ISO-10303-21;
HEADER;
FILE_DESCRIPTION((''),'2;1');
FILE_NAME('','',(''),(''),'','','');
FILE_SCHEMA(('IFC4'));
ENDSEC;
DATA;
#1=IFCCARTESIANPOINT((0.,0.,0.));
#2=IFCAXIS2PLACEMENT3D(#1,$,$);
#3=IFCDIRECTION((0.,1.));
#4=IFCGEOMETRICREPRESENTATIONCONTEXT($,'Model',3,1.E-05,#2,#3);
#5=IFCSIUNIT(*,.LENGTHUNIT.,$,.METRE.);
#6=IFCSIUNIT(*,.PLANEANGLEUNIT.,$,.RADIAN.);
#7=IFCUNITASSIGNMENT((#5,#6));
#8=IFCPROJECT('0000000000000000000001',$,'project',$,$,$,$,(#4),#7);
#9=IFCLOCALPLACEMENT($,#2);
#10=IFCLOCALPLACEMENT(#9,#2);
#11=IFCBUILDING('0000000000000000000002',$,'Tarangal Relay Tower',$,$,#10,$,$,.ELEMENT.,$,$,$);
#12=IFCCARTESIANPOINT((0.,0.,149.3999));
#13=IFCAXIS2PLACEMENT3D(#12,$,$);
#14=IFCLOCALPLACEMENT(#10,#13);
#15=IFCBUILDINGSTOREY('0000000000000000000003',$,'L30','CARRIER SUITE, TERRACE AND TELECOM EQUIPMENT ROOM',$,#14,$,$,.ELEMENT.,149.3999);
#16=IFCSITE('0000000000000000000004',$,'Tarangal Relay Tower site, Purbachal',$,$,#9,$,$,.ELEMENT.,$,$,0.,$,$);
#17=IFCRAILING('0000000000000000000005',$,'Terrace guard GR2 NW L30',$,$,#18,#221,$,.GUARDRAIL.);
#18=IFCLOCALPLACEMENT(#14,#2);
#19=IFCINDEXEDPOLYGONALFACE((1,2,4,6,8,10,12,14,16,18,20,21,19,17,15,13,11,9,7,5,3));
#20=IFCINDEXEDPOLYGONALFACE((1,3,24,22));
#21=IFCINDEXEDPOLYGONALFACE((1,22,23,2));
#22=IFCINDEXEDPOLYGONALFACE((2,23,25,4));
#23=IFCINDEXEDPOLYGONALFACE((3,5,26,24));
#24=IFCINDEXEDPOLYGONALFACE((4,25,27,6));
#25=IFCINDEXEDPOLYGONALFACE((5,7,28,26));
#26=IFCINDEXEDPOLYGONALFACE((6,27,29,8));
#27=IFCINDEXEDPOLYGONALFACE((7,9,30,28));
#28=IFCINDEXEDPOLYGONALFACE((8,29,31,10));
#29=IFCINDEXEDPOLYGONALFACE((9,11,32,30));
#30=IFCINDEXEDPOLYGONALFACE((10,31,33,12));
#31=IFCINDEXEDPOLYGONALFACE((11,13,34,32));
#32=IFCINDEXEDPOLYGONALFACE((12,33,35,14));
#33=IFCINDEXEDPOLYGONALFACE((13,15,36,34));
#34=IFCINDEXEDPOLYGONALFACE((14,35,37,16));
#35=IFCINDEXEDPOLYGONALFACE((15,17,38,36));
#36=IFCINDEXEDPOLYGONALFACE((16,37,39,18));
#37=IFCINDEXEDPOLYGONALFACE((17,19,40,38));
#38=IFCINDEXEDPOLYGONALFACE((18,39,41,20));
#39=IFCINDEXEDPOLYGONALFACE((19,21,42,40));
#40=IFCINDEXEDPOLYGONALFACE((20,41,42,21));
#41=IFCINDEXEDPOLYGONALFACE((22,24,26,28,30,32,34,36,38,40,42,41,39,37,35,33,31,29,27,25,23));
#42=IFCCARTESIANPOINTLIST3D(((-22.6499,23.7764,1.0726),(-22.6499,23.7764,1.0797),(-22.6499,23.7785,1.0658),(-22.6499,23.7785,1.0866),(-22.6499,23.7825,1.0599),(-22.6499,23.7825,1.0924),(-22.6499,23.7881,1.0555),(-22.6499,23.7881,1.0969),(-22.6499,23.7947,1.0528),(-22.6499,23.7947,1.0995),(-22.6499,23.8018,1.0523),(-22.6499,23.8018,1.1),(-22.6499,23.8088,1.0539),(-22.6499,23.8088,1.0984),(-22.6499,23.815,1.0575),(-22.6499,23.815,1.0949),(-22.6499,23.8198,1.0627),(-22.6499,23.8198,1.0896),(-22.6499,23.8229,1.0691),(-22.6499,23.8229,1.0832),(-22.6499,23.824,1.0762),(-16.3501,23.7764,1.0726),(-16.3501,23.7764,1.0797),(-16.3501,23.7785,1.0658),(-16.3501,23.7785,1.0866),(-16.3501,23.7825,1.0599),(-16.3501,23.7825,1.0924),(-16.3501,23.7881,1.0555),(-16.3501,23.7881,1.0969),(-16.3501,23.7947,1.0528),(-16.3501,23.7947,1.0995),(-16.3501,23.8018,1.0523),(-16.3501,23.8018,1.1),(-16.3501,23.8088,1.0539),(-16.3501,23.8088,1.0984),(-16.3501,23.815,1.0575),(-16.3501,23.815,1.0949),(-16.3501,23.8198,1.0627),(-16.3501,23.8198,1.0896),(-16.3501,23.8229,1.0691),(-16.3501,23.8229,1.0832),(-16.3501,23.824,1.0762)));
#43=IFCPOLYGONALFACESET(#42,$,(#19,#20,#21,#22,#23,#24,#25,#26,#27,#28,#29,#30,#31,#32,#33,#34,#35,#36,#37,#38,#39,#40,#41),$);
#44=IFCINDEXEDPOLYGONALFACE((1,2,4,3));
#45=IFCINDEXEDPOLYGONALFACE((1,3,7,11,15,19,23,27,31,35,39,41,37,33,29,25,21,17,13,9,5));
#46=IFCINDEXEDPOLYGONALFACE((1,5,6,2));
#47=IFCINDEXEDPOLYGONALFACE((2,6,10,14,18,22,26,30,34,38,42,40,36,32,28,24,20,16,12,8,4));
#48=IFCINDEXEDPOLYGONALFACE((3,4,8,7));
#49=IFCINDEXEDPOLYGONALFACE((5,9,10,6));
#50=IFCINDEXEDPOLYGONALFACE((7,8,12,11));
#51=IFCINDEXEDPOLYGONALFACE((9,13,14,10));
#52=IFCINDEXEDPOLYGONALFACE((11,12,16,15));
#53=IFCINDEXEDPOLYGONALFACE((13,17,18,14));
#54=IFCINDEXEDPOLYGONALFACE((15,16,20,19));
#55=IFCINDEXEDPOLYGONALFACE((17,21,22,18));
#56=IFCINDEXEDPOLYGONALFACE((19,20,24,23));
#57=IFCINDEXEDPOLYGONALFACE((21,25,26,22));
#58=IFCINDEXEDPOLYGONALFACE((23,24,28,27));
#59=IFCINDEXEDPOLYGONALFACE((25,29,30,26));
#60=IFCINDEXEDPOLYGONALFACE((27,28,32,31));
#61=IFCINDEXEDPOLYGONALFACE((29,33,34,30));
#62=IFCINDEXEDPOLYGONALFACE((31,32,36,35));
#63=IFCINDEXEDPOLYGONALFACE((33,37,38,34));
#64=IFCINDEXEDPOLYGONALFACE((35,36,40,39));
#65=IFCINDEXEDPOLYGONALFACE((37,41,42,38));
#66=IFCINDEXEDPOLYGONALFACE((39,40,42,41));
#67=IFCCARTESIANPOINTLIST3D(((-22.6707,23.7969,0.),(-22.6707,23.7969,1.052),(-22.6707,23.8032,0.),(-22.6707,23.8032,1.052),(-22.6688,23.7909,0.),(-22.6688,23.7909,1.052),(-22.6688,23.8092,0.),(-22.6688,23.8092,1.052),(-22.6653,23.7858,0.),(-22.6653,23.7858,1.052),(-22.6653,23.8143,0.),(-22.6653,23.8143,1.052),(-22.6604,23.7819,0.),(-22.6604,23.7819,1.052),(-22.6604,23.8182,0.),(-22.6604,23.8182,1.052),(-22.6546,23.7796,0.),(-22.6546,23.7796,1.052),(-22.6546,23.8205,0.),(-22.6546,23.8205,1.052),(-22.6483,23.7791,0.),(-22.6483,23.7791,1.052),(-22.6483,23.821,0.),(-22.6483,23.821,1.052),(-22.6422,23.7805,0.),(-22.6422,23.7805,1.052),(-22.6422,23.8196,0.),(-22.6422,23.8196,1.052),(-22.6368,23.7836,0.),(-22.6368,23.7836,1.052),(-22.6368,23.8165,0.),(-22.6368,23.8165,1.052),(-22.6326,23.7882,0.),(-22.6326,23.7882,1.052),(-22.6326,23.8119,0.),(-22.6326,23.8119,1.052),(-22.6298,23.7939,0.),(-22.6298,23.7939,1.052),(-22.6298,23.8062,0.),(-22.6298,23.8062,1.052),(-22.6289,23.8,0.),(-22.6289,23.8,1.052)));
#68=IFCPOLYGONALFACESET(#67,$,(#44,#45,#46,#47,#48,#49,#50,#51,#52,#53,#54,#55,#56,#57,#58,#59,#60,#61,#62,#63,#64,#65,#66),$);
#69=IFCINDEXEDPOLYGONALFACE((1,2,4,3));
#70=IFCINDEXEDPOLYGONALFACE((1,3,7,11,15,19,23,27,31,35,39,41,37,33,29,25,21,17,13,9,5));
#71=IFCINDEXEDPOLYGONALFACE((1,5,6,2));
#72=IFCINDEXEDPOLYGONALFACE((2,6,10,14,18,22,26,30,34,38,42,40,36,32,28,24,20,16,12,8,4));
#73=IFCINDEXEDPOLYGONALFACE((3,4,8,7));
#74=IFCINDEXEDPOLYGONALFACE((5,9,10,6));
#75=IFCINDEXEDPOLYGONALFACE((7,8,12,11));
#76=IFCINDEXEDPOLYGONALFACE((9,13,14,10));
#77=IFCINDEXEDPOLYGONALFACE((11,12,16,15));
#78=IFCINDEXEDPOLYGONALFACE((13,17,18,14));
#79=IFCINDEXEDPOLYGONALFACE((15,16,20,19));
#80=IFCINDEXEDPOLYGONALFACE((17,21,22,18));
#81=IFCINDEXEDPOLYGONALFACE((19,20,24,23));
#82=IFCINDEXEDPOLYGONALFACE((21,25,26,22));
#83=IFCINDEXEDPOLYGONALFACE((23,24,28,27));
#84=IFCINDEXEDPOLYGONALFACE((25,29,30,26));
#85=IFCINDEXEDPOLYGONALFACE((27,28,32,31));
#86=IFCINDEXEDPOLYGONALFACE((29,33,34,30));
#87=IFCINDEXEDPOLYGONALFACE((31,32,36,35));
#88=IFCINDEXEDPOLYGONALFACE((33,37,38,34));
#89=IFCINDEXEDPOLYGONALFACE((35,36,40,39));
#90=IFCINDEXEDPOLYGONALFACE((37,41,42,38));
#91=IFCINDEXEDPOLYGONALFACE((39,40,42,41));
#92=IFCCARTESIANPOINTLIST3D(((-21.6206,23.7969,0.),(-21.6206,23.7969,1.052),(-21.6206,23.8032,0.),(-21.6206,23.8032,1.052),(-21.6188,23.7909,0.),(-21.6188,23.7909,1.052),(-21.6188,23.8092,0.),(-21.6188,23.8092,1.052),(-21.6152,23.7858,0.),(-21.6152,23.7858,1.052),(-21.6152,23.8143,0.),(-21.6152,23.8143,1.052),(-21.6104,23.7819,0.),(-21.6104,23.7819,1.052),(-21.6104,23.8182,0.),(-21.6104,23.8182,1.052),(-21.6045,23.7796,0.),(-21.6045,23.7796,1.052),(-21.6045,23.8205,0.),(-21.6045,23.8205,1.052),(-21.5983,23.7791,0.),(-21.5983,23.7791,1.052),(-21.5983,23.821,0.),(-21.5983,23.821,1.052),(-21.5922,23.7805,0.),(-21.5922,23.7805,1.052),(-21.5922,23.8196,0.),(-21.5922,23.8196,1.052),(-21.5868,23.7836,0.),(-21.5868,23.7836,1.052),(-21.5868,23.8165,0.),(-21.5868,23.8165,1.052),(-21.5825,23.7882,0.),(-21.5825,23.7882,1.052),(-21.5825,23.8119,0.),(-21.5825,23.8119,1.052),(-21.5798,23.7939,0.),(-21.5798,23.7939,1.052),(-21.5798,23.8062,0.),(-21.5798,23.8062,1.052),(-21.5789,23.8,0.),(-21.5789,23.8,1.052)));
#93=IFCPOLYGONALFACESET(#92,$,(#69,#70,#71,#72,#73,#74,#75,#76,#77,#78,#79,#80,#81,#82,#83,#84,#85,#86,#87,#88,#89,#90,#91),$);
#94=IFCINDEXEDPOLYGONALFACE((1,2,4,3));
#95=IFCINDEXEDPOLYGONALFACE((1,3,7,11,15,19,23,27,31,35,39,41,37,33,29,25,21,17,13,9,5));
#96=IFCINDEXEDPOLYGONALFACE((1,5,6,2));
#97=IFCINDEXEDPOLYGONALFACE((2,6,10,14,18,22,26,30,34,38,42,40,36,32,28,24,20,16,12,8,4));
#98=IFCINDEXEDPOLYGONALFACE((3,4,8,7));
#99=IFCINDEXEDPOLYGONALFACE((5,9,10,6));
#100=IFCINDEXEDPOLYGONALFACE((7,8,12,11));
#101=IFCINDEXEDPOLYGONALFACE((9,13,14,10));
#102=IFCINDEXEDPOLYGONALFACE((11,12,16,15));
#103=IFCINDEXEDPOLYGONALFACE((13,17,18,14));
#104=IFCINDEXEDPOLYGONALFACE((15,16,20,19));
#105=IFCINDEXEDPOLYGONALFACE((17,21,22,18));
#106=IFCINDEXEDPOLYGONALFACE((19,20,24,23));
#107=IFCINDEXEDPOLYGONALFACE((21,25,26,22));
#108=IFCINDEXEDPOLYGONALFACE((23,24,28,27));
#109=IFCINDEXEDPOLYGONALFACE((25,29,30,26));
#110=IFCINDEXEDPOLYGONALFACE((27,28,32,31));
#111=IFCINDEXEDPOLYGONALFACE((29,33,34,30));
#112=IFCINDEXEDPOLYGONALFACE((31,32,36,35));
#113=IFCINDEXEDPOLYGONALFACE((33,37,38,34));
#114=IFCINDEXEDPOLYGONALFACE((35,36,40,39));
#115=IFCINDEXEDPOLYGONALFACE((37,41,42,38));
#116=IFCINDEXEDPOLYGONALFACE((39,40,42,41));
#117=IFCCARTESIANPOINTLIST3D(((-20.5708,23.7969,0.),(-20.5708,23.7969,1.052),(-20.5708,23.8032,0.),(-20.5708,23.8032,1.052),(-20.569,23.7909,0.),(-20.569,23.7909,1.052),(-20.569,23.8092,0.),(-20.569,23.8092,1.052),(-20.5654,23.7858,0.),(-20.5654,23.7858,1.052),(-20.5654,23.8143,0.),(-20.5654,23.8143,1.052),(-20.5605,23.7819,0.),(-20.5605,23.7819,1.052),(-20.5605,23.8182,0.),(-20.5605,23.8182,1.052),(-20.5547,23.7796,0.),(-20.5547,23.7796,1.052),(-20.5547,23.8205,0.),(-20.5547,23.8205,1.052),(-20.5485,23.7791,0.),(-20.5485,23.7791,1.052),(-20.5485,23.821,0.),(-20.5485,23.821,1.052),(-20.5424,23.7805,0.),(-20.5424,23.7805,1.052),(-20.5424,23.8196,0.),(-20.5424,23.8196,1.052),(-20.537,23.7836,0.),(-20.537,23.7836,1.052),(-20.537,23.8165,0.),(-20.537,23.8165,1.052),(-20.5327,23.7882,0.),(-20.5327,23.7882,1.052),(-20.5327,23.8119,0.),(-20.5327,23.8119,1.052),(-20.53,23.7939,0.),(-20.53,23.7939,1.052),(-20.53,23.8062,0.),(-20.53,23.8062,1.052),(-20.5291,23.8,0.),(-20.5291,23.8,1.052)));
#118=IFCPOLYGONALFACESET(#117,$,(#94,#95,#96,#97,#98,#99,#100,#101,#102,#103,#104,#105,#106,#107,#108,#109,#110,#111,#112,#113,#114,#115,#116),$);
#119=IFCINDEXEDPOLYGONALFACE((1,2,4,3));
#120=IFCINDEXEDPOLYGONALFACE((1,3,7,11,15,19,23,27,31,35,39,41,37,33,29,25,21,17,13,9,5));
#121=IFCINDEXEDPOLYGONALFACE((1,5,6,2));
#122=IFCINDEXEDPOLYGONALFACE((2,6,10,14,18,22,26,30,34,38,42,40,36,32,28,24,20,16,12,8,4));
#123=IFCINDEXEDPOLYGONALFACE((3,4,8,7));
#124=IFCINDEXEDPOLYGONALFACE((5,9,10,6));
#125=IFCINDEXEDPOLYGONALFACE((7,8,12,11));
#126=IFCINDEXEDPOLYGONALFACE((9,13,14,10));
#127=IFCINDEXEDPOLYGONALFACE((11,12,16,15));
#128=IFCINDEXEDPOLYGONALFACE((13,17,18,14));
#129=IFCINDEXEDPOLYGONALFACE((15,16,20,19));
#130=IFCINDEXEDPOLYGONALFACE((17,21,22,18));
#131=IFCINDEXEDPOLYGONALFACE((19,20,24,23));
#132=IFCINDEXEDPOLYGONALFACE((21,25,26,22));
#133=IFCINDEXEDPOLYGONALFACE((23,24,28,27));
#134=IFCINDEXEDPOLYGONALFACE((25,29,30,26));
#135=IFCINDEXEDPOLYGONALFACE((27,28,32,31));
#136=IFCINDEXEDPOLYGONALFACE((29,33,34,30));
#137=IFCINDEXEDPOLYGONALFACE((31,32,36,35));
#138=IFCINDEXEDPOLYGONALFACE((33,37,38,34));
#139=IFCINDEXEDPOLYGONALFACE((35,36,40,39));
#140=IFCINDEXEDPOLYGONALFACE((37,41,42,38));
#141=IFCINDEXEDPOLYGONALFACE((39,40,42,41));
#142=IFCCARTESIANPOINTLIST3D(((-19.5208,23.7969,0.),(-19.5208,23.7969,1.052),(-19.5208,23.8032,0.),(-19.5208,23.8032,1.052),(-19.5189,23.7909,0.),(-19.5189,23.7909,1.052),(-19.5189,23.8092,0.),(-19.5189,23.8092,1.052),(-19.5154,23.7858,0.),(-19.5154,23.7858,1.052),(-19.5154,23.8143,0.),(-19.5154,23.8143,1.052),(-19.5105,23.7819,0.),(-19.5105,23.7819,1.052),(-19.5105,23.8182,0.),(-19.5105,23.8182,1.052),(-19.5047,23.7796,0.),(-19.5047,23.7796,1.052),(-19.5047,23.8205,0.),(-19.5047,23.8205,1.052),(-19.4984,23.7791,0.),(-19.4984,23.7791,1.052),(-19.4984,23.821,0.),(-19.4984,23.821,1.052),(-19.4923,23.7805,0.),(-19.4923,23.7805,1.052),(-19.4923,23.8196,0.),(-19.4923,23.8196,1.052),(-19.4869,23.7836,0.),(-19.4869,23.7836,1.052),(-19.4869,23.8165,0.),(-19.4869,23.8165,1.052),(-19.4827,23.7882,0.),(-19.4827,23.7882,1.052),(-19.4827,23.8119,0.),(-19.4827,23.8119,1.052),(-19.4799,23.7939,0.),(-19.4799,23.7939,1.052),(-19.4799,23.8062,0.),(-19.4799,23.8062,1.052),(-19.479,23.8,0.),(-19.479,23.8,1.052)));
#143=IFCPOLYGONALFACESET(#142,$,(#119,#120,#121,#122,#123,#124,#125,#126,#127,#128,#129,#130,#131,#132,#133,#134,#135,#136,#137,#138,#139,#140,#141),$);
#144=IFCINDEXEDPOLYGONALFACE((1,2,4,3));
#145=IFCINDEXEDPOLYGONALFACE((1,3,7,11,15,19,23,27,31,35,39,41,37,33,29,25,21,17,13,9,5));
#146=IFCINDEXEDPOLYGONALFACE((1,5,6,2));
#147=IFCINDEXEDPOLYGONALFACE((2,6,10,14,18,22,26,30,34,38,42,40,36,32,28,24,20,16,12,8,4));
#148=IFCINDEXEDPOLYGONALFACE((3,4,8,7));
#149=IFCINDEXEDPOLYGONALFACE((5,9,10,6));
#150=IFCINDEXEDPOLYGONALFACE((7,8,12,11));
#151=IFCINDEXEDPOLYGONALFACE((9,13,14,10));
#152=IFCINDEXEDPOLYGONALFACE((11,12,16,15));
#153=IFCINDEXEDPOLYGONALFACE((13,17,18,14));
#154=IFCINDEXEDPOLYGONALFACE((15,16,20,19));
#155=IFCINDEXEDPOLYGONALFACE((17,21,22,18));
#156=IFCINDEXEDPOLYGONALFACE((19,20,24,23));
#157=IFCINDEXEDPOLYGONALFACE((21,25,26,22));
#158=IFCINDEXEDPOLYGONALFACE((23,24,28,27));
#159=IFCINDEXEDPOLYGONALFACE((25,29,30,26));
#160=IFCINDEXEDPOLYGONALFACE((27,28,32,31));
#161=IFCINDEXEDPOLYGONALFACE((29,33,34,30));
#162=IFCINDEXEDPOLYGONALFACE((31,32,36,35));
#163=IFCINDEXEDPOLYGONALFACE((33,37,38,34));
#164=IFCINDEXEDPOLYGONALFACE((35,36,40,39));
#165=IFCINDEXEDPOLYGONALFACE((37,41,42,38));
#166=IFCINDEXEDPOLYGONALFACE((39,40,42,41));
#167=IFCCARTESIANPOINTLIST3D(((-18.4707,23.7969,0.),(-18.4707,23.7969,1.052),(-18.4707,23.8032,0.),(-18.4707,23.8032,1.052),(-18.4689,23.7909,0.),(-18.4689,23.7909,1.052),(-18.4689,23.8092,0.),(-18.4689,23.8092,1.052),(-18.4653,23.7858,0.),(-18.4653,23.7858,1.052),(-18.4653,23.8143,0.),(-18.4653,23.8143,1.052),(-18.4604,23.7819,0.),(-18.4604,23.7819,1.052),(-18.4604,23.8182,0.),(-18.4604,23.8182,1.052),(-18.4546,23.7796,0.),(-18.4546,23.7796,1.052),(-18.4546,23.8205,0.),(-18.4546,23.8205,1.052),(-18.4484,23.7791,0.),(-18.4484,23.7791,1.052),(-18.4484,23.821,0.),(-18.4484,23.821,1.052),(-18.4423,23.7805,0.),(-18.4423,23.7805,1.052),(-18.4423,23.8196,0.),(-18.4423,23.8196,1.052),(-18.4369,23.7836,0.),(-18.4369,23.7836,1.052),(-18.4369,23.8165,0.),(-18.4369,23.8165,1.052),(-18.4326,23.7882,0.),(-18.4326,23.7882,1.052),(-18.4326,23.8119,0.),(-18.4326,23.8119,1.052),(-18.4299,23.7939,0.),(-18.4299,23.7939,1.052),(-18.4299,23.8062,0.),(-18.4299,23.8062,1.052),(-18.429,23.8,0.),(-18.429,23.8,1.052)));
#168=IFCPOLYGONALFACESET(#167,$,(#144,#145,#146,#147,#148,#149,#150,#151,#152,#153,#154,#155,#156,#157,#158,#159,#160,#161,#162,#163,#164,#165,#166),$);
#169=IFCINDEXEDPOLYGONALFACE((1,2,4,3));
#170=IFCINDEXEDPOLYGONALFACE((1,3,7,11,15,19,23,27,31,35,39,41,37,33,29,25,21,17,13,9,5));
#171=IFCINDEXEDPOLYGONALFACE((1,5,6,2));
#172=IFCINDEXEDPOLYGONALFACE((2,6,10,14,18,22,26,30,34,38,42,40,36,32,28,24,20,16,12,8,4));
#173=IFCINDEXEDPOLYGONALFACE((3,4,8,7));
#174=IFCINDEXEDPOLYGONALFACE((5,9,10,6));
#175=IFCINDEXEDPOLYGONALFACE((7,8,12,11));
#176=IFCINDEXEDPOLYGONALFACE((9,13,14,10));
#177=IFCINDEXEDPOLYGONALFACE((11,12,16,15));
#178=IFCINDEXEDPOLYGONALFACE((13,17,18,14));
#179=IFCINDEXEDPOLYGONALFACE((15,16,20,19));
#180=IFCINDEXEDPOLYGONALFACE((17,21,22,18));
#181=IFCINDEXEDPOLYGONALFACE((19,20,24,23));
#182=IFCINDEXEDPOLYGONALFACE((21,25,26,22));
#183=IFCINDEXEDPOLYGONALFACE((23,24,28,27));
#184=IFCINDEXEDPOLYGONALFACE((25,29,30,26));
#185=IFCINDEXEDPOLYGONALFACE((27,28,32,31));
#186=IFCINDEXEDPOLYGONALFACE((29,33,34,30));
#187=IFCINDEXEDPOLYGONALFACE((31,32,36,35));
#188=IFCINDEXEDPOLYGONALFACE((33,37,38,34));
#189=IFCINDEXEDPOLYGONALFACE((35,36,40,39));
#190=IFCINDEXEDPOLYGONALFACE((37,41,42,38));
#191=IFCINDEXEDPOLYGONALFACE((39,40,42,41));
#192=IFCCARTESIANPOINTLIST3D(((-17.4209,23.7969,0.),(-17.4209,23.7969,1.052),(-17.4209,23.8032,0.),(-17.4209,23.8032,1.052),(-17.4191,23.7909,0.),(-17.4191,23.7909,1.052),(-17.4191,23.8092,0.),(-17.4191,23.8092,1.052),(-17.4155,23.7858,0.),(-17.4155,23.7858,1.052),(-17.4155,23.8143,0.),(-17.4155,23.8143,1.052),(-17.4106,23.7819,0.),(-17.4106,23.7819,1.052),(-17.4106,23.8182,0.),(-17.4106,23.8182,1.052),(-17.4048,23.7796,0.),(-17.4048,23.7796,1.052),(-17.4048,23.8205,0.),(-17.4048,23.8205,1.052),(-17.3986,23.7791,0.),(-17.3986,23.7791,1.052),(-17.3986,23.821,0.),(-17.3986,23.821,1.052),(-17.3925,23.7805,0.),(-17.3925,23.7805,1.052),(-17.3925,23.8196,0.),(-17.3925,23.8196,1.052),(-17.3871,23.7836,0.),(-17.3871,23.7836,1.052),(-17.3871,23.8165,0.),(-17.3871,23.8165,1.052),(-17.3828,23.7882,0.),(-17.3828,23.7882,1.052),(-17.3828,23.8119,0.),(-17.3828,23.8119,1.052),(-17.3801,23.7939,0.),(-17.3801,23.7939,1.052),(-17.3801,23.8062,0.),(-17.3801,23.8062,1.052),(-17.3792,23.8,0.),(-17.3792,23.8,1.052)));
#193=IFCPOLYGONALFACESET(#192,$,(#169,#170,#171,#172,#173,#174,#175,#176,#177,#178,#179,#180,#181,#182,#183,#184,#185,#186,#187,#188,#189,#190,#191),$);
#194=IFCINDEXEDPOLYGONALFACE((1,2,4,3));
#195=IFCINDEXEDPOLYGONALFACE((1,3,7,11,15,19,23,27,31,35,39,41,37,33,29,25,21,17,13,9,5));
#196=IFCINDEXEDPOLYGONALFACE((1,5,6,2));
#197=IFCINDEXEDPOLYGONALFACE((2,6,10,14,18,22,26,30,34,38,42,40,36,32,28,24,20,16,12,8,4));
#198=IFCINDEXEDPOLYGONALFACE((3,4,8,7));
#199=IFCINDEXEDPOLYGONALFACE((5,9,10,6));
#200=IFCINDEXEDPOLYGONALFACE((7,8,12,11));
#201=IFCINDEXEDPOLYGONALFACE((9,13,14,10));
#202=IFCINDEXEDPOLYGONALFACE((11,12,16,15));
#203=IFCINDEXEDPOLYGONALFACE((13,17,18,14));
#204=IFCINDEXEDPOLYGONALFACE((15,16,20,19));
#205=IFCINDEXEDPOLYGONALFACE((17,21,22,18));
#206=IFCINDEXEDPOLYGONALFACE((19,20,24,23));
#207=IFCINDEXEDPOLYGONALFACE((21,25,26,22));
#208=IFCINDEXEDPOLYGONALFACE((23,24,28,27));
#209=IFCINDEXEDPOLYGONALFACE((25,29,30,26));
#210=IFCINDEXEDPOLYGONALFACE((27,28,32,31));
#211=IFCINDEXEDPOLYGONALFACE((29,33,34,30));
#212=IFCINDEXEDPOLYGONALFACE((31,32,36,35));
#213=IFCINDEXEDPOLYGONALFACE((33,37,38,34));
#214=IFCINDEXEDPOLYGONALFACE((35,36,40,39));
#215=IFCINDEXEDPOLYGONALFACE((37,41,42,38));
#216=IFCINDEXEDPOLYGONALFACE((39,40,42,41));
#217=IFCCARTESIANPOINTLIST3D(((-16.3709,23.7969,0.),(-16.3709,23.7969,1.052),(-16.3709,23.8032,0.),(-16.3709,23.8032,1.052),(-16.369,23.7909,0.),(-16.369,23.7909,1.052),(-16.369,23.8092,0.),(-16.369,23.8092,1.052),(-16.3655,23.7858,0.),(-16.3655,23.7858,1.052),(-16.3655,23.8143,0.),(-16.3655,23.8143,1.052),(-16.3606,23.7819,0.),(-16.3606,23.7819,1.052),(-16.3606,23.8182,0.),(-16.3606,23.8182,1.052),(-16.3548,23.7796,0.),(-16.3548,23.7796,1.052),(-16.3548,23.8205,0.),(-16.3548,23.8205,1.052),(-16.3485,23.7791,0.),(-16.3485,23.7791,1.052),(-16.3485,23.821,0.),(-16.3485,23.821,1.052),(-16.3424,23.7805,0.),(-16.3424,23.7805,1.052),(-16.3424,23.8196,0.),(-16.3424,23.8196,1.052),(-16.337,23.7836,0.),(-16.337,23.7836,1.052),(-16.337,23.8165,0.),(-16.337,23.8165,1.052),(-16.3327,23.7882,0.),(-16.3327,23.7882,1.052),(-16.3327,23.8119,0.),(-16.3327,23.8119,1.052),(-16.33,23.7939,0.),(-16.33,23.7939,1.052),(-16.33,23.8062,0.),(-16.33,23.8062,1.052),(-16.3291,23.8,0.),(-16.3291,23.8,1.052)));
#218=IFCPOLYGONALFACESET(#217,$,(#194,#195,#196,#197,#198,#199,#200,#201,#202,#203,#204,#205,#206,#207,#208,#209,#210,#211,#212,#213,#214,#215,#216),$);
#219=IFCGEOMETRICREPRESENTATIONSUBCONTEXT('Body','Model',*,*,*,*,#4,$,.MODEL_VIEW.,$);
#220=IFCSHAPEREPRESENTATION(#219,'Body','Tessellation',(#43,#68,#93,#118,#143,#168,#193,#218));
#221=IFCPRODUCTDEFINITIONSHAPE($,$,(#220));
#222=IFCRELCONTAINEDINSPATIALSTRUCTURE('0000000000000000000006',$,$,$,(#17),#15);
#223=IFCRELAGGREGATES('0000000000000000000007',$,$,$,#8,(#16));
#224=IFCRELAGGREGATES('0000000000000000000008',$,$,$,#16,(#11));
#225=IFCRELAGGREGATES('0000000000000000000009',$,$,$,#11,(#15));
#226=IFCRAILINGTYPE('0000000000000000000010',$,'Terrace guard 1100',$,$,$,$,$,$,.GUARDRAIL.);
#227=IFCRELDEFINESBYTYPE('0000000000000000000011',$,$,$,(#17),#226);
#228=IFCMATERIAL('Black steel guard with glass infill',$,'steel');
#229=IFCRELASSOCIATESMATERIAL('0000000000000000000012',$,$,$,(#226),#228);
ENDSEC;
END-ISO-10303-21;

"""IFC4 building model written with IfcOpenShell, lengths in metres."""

from ifc_helpers import new_model, si_unit, direction, frame, origin, origin_2d, place, context, subcontext, project, spatial, circle, extrude, material, type_object, element, save


model = new_model("IFC4")

# Units and contexts
model_context = context("Model", 3, precision=1e-05, world=origin(), true_north=direction((0.0, 1.0)))
body_context = subcontext(model_context, "Body", "Model", "MODEL_VIEW")
ifc_project = project(units=[si_unit("LENGTHUNIT", "METRE"), si_unit("PLANEANGLEUNIT", "RADIAN")], contexts=[model_context])

# Site, building, storey
site_placement = place(None, origin())
site = spatial("IfcSite", under=ifc_project, at=site_placement, Name="Tarangal Relay Tower site, Purbachal", CompositionType="ELEMENT", RefElevation=0.0)
building_placement = place(site_placement, origin())
building = spatial("IfcBuilding", under=site, at=building_placement, Name="Tarangal Relay Tower", CompositionType="ELEMENT")
storey_placement = place(building_placement, frame((0.0, 0.0, 149.3999)))
storey = spatial("IfcBuildingStorey", under=building, at=storey_placement, Name="L30", Description="CARRIER SUITE, TERRACE AND TELECOM EQUIPMENT ROOM", CompositionType="ELEMENT", Elevation=149.3999)

# Railing
ifc_material_1 = material(Name="Black steel guard with glass infill", Category="steel")
railing_type = type_object("IfcRailingType", Name="Terrace guard 1100", PredefinedType="GUARDRAIL", material=ifc_material_1)
railing_1_placement = place(storey_placement, frame((-22.6499, 23.8, 0.0)))
element("IfcRailing", 1, at=railing_1_placement, inside=storey, type_object=railing_type, Name="Terrace guard GR2 NW L30", PredefinedType="GUARDRAIL", context=body_context, shape_type="SweptSolid", body=[
    extrude(circle(Radius=0.0239, at=origin_2d()), frame((0.0, 0.0, 1.0762), z_axis=(1.0, 0.0, 0.0), x_axis=(0.0, 1.0, 0.0)), (0.0, 0.0, 1.0), 6.2998),
    extrude(circle(Radius=0.021, at=origin_2d()), origin(), (0.0, 0.0, 1.0), 1.052),
    extrude(circle(Radius=0.021, at=origin_2d()), frame((1.05, 0.0, 0.0)), (0.0, 0.0, 1.0), 1.052),
    extrude(circle(Radius=0.021, at=origin_2d()), frame((2.0999, 0.0, 0.0)), (0.0, 0.0, 1.0), 1.052),
    extrude(circle(Radius=0.021, at=origin_2d()), frame((3.1499, 0.0, 0.0)), (0.0, 0.0, 1.0), 1.052),
    extrude(circle(Radius=0.021, at=origin_2d()), frame((4.2, 0.0, 0.0)), (0.0, 0.0, 1.0), 1.052),
    extrude(circle(Radius=0.021, at=origin_2d()), frame((5.2498, 0.0, 0.0)), (0.0, 0.0, 1.0), 1.052),
    extrude(circle(Radius=0.021, at=origin_2d()), frame((6.2998, 0.0, 0.0)), (0.0, 0.0, 1.0), 1.052),
])

save(model, "model.ifc")
